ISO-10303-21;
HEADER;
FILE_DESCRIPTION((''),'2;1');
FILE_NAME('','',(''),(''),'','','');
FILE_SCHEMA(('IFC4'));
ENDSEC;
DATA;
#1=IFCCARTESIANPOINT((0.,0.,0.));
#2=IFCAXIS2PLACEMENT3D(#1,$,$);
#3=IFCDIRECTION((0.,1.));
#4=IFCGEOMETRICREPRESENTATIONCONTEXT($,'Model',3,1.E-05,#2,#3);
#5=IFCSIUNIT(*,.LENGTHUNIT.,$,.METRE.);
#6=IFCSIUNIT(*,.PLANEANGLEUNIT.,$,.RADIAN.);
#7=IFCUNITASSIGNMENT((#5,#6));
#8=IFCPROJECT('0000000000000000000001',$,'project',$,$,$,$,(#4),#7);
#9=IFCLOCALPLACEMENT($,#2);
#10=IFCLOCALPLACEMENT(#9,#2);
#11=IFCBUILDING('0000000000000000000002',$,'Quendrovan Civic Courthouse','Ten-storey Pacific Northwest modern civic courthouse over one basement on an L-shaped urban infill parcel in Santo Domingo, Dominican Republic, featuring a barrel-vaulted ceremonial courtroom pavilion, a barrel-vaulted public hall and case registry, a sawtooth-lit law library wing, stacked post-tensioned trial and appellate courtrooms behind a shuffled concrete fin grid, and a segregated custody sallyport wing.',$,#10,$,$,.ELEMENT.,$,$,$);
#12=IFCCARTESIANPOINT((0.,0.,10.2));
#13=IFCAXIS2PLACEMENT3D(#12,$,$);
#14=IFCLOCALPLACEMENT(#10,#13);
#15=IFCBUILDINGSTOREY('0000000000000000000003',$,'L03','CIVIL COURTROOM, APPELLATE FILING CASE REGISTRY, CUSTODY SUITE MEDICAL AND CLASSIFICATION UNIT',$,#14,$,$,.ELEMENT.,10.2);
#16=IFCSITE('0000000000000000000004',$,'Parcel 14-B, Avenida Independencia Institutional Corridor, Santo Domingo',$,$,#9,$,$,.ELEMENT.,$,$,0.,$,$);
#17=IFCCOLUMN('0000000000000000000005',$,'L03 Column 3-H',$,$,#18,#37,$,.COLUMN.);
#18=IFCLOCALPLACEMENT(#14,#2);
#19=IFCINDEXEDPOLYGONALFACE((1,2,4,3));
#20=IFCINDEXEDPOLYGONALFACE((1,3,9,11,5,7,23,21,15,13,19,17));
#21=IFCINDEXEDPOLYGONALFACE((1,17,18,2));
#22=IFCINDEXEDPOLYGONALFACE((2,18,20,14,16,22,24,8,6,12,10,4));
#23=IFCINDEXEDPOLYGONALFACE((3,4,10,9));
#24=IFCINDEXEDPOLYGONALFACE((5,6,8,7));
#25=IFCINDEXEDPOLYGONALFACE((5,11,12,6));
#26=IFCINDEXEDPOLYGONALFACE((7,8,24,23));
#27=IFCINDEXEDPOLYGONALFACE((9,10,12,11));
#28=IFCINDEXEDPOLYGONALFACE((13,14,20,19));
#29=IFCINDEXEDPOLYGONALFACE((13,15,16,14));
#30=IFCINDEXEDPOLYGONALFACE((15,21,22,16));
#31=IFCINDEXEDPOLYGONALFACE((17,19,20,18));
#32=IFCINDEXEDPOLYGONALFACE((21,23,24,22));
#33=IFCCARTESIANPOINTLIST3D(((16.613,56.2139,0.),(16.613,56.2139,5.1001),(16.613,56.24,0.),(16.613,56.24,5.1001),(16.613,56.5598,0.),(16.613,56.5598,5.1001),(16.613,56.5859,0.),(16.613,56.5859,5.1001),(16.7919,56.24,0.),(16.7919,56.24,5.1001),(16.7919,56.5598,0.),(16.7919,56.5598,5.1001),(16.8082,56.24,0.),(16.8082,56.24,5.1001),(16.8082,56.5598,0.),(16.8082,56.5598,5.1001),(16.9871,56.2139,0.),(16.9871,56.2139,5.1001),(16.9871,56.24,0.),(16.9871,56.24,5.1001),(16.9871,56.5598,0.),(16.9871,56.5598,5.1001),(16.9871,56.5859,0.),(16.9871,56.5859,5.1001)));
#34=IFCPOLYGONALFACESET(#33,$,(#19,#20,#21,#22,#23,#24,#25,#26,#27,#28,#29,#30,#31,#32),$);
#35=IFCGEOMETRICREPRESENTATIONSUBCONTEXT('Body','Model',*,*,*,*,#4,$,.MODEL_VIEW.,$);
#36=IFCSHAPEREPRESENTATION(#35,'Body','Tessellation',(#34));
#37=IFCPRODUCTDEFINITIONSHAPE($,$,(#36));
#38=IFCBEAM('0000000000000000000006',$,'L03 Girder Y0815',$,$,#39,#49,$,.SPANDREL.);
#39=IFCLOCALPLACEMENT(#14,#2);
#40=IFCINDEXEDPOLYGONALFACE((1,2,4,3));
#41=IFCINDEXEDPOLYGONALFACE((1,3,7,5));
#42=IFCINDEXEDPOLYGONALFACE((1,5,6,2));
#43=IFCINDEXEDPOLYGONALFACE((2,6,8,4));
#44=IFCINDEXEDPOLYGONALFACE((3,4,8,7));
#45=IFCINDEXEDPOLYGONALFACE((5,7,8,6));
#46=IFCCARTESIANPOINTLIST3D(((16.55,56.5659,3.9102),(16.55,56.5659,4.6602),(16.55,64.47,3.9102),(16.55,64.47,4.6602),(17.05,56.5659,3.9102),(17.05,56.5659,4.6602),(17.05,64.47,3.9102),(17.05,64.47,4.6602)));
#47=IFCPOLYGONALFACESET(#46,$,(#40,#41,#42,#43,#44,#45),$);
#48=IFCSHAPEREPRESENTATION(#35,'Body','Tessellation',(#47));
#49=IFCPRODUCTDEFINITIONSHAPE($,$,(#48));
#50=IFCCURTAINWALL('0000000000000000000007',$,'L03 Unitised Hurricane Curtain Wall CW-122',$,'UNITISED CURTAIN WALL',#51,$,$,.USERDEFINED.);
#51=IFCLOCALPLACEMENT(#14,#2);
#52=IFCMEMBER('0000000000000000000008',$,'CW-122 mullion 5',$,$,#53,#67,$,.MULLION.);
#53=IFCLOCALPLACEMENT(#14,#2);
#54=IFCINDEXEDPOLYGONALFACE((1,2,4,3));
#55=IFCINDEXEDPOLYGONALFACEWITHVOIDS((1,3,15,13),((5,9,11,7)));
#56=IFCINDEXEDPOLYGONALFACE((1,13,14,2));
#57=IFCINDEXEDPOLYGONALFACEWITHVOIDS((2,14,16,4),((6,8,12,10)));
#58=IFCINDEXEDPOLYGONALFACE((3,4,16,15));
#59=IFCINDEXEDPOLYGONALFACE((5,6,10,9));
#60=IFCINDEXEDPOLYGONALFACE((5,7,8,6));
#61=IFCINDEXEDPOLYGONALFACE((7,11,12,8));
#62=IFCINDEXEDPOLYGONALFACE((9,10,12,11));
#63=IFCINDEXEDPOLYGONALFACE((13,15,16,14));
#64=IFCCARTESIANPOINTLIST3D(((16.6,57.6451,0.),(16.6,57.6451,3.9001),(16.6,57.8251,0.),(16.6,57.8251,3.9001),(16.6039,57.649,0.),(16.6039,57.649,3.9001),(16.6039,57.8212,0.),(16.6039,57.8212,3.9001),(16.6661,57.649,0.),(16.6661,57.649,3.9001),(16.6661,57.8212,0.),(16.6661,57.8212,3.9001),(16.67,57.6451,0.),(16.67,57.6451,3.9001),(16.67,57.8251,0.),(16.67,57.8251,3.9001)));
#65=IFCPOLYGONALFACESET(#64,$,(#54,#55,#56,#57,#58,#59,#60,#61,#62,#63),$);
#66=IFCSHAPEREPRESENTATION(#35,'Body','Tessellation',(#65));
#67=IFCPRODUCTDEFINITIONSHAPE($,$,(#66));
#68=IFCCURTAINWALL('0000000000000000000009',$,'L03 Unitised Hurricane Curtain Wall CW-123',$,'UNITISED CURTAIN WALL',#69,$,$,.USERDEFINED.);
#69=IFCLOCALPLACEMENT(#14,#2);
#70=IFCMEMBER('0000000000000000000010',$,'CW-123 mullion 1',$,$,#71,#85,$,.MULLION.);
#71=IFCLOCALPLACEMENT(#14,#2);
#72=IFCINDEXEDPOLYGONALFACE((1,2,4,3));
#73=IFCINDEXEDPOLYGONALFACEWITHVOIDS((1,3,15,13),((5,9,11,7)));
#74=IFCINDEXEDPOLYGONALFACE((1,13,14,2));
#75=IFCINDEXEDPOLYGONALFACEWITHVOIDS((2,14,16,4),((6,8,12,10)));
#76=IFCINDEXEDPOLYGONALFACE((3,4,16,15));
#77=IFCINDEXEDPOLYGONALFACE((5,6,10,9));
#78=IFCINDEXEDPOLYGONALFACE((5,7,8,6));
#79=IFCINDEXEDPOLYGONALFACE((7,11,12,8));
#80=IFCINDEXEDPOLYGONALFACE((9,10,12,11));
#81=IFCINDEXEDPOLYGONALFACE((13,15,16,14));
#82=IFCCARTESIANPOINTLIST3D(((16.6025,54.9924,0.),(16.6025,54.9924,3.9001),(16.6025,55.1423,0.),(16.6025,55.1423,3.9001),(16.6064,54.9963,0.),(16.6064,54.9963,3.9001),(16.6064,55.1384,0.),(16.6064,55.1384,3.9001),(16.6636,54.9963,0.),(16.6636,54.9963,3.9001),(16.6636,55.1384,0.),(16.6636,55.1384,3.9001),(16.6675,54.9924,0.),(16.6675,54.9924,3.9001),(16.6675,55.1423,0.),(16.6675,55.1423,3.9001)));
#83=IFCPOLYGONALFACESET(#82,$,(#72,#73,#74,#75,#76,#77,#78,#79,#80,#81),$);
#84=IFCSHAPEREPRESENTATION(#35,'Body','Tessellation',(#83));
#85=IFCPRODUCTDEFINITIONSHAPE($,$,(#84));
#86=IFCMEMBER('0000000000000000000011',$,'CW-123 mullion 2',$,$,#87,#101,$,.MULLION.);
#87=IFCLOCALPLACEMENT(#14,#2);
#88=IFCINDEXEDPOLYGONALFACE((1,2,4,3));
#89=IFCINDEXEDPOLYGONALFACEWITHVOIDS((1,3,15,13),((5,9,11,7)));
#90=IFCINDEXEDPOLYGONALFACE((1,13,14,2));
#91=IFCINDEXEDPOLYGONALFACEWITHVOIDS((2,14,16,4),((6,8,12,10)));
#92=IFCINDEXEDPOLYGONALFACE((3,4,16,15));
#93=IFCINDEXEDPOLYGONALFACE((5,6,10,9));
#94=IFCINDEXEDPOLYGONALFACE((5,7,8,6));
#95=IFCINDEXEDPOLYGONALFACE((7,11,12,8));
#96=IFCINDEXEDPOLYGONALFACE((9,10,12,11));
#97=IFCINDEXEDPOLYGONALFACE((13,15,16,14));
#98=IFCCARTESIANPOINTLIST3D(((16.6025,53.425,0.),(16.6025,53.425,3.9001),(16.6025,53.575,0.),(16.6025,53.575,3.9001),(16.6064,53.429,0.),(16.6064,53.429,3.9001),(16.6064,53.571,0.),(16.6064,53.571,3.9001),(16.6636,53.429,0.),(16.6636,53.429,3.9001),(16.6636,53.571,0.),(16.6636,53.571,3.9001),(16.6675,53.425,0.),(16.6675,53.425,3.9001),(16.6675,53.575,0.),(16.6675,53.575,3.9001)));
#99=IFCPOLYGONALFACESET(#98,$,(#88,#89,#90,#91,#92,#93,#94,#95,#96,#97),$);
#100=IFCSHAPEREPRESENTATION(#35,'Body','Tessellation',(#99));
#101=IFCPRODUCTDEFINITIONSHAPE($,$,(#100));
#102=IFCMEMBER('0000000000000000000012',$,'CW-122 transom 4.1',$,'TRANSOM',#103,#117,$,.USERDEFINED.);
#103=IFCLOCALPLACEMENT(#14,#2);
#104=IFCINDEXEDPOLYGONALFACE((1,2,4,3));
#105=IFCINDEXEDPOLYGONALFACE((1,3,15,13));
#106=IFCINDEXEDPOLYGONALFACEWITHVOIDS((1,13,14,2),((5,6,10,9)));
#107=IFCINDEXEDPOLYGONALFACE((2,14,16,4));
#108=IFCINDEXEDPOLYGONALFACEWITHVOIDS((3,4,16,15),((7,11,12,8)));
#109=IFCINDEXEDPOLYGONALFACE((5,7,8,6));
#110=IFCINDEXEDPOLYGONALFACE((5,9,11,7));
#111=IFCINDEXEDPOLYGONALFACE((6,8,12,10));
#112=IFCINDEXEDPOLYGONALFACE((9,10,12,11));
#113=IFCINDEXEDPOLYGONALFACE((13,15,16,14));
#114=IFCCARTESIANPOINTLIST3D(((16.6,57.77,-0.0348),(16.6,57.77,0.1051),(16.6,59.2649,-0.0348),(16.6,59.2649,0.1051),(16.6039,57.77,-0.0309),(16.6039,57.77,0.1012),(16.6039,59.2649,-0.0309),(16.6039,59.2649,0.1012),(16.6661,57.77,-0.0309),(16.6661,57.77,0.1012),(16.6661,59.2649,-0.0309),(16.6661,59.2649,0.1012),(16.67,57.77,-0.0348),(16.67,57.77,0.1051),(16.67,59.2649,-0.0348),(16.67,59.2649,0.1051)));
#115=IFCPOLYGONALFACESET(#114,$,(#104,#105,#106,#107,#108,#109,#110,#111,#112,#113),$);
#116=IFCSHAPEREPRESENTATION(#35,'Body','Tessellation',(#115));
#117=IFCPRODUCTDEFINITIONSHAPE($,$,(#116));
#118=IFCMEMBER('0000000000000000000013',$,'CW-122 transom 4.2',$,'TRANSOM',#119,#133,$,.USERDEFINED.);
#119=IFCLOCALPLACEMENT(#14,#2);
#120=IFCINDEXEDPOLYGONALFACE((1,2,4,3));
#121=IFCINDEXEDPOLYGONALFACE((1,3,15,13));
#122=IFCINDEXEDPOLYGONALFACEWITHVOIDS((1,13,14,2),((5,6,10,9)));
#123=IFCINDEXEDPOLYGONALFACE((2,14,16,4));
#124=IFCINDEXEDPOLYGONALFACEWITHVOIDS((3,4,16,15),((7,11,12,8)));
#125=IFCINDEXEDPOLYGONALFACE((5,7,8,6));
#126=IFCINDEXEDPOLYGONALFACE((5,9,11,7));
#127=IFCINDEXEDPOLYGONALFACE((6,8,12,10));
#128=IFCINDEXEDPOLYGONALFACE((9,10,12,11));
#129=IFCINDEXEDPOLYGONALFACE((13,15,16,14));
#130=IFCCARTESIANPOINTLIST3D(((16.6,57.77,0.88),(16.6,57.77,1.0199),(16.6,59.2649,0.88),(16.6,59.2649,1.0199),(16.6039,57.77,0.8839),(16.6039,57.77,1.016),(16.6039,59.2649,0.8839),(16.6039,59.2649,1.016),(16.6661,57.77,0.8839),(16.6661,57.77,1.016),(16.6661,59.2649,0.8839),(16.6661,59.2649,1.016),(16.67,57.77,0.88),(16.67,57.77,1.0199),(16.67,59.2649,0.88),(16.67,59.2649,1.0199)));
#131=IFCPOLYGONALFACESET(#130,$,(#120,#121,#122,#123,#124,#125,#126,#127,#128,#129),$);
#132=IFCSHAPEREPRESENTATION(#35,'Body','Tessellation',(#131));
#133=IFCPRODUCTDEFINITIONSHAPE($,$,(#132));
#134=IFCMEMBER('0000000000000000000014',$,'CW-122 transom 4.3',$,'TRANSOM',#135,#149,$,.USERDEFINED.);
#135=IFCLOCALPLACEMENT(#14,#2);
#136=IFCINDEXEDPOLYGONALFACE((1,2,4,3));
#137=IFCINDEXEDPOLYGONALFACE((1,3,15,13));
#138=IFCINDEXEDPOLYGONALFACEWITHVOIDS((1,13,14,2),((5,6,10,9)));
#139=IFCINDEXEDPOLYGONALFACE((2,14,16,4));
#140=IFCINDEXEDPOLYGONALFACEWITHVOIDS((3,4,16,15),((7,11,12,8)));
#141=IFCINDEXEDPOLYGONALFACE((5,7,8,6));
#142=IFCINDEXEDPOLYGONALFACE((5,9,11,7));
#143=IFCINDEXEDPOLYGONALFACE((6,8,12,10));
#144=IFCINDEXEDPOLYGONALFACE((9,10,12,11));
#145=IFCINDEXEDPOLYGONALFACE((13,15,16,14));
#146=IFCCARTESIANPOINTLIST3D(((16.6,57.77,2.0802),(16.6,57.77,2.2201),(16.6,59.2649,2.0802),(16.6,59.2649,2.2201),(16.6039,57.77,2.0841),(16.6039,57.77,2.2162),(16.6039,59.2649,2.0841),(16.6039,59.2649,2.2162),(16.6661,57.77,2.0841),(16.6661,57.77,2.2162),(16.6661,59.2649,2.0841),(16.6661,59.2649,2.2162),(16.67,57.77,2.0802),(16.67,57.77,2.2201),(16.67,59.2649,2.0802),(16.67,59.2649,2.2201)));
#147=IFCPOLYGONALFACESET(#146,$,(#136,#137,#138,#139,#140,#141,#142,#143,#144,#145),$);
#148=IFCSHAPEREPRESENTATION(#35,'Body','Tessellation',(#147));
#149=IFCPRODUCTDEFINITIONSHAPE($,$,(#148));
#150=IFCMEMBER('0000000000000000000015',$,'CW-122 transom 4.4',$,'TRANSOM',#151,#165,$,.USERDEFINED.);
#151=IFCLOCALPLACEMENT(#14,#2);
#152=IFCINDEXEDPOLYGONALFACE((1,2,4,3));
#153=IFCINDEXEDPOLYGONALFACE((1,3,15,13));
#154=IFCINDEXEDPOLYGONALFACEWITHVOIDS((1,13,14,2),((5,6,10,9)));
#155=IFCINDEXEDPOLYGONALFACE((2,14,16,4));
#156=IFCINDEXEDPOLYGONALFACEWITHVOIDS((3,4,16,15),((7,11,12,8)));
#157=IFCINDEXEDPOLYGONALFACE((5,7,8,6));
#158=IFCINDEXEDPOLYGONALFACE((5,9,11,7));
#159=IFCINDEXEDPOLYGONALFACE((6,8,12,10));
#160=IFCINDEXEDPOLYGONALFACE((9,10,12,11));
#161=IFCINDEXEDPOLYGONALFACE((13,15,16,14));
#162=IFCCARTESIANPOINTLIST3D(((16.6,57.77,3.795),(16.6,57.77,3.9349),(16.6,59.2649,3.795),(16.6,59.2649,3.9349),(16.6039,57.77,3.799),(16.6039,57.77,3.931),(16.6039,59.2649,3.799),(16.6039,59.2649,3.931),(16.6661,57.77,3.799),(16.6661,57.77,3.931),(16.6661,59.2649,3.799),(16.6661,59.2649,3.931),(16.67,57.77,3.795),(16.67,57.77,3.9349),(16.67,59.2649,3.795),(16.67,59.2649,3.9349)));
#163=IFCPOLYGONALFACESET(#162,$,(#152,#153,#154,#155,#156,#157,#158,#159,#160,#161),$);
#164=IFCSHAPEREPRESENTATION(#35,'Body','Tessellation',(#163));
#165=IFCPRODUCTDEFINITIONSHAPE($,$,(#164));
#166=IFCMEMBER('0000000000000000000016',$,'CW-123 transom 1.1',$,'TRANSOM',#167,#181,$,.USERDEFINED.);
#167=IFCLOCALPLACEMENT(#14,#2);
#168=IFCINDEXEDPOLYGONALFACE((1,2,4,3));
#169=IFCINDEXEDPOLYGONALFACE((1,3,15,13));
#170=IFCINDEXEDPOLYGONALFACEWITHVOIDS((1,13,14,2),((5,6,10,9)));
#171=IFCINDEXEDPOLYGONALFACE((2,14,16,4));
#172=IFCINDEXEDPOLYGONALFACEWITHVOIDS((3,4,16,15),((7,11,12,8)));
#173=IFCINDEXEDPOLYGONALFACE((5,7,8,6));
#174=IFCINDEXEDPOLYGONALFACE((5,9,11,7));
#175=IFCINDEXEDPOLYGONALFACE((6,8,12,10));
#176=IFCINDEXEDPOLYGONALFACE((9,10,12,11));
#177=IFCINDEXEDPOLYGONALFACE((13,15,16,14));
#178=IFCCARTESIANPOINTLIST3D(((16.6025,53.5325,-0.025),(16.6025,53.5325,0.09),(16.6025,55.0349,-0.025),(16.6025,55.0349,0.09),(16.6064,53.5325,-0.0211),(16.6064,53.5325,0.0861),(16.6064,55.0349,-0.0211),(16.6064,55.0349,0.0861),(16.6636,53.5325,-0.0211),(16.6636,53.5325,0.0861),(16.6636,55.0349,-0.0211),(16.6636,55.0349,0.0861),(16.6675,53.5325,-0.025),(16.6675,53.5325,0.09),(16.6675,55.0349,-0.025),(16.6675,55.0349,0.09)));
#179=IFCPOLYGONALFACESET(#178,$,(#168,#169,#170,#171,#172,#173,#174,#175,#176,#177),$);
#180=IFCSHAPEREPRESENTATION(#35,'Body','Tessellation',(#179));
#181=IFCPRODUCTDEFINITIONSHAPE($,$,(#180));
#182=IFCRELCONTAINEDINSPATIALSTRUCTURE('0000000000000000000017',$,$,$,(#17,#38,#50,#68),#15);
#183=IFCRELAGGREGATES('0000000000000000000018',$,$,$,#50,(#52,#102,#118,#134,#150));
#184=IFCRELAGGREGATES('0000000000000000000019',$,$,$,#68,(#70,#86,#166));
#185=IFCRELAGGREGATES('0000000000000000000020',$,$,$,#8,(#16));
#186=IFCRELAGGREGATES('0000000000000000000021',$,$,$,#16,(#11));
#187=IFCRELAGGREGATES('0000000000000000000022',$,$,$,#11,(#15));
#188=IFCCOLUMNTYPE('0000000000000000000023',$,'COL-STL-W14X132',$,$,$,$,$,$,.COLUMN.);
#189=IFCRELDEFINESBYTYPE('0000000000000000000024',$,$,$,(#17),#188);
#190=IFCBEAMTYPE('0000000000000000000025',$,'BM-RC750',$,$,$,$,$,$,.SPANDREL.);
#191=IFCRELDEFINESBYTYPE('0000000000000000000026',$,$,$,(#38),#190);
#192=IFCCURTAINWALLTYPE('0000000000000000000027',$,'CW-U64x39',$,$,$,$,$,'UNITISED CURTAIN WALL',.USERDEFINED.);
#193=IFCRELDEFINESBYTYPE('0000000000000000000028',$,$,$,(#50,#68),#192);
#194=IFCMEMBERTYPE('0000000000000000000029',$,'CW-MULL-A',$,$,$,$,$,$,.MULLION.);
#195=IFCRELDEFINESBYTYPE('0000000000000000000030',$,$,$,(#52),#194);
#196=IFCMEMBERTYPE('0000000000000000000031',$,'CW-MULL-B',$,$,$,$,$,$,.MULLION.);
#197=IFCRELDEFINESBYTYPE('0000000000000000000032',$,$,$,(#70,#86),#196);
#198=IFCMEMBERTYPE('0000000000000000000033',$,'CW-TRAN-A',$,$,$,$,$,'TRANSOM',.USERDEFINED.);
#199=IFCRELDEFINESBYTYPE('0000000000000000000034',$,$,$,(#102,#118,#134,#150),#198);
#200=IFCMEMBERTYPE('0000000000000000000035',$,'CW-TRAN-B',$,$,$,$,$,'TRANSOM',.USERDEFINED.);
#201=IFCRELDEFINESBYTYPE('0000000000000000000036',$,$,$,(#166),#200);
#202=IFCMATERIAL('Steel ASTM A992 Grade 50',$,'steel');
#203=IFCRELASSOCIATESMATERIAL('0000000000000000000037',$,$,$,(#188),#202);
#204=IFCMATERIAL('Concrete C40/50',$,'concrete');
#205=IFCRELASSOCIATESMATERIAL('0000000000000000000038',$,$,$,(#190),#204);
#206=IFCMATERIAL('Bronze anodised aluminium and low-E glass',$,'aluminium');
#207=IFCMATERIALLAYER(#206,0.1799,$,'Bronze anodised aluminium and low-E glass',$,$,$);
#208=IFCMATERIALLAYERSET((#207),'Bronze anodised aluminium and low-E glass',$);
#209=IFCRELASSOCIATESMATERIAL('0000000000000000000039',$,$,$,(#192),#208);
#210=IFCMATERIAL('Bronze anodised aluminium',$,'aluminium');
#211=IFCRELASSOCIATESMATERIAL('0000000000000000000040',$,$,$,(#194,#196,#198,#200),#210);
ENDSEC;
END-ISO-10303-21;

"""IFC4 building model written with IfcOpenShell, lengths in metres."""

from ifc_helpers import new_model, si_unit, direction, frame, origin, origin_2d, place, context, subcontext, project, spatial, rectangle, hollow_rectangle, i_section, extrude, material, layer, layer_set, material_profile, profile_set, type_object, element, aggregate, save


model = new_model("IFC4")

# Units and contexts
model_context = context("Model", 3, precision=1e-05, world=origin(), true_north=direction((0.0, 1.0)))
body_context = subcontext(model_context, "Body", "Model", "MODEL_VIEW")
ifc_project = project(units=[si_unit("LENGTHUNIT", "METRE"), si_unit("PLANEANGLEUNIT", "RADIAN")], contexts=[model_context])

# Site, building, storey
site_placement = place(None, origin())
site = spatial("IfcSite", under=ifc_project, at=site_placement, Name="Parcel 14-B, Avenida Independencia Institutional Corridor, Santo Domingo", CompositionType="ELEMENT", RefElevation=0.0)
building_placement = place(site_placement, origin())
building = spatial("IfcBuilding", under=site, at=building_placement, Name="Quendrovan Civic Courthouse", Description="Ten-storey Pacific Northwest modern civic courthouse over one basement on an L-shaped urban infill parcel in Santo Domingo, Dominican Republic, featuring a barrel-vaulted ceremonial courtroom pavilion, a barrel-vaulted public hall and case registry, a sawtooth-lit law library wing, stacked post-tensioned trial and appellate courtrooms behind a shuffled concrete fin grid, and a segregated custody sallyport wing.", CompositionType="ELEMENT")
storey_placement = place(building_placement, frame((0.0, 0.0, 10.2)))
storey = spatial("IfcBuildingStorey", under=building, at=storey_placement, Name="L03", Description="CIVIL COURTROOM, APPELLATE FILING CASE REGISTRY, CUSTODY SUITE MEDICAL AND CLASSIFICATION UNIT", CompositionType="ELEMENT", Elevation=10.2)

# Column
ifc_material_1 = material(Name="Steel ASTM A992 Grade 50", Category="steel")
ifc_material_profile_1 = material_profile(ifc_material_1, i_section(OverallWidth=0.374, OverallDepth=0.3721, WebThickness=0.0164, FlangeThickness=0.0261, at=origin_2d()), Name="W14X132")
ifc_profile_set_1 = profile_set([ifc_material_profile_1], Name="Steel ASTM A992 Grade 50")
column_type = type_object("IfcColumnType", Name="COL-STL-W14X132", PredefinedType="COLUMN", material=ifc_profile_set_1)
column_placement = place(storey_placement, frame((16.8, 56.3999, 0.0), z_axis=(0.0, 0.0, 1.0), x_axis=(1.0, 0.0, 0.0)))
element("IfcColumn", 1, at=column_placement, inside=storey, type_object=column_type, Name="L03 Column 3-H", PredefinedType="COLUMN", context=body_context, shape_type="SweptSolid", body=[
    extrude(i_section(OverallWidth=0.374, OverallDepth=0.3721, WebThickness=0.0164, FlangeThickness=0.0261, at=origin_2d()), origin(), (0.0, 0.0, 1.0), 5.1001),
])

# Beam
ifc_material_2 = material(Name="Concrete C40/50", Category="concrete")
ifc_material_profile_2 = material_profile(ifc_material_2, rectangle(XDim=0.5, YDim=0.75, at=origin_2d()), Name="RC-BM-500x750")
ifc_profile_set_2 = profile_set([ifc_material_profile_2], Name="Concrete C40/50")
beam_type = type_object("IfcBeamType", Name="BM-RC750", PredefinedType="SPANDREL", material=ifc_profile_set_2)
beam_placement = place(storey_placement, frame((16.8, 56.5659, 4.2852), z_axis=(0.0, 1.0, 0.0), x_axis=(-1.0, 0.0, 0.0)))
element("IfcBeam", 2, at=beam_placement, inside=storey, type_object=beam_type, Name="L03 Girder Y0815", PredefinedType="SPANDREL", context=body_context, shape_type="SweptSolid", body=[
    extrude(rectangle(XDim=0.5, YDim=0.75, at=origin_2d()), origin(), (0.0, 0.0, 1.0), 7.9041),
])

# Curtain wall, member
ifc_material_3 = material(Name="Bronze anodised aluminium and low-E glass", Category="aluminium")
ifc_layer_1 = layer(ifc_material_3, 0.1799, Name="Bronze anodised aluminium and low-E glass")
ifc_layer_set_1 = layer_set([ifc_layer_1], Name="Bronze anodised aluminium and low-E glass")
curtain_wall_type = type_object("IfcCurtainWallType", Name="CW-U64x39", ElementType="UNITISED CURTAIN WALL", PredefinedType="USERDEFINED", material=ifc_layer_set_1)
curtain_wall_1_placement = place(storey_placement, origin())
curtain_wall_1 = element("IfcCurtainWall", 3, at=curtain_wall_1_placement, inside=storey, type_object=curtain_wall_type, Name="L03 Unitised Hurricane Curtain Wall CW-122", ObjectType="UNITISED CURTAIN WALL", PredefinedType="USERDEFINED")
ifc_material_4 = material(Name="Bronze anodised aluminium", Category="aluminium")
ifc_material_profile_3 = material_profile(ifc_material_4, hollow_rectangle(XDim=0.0701, YDim=0.1799, WallThickness=0.0039, at=origin_2d()), Name="CW-MULL-70x180")
ifc_profile_set_3 = profile_set([ifc_material_profile_3], Name="Bronze anodised aluminium")
member_type_1 = type_object("IfcMemberType", Name="CW-MULL-A", PredefinedType="MULLION", material=ifc_profile_set_3)
member_1_placement = place(storey_placement, frame((16.635, 57.7351, 0.0), z_axis=(0.0, 0.0, 1.0), x_axis=(1.0, 0.0, 0.0)))
member_1 = element("IfcMember", 4, at=member_1_placement, type_object=member_type_1, Name="CW-122 mullion 5", PredefinedType="MULLION", context=body_context, shape_type="SweptSolid", body=[
    extrude(hollow_rectangle(XDim=0.0701, YDim=0.1799, WallThickness=0.0039, at=origin_2d()), origin(), (0.0, 0.0, 1.0), 3.9001),
])

# Curtain wall, members
curtain_wall_2_placement = place(storey_placement, origin())
curtain_wall_2 = element("IfcCurtainWall", 5, at=curtain_wall_2_placement, inside=storey, type_object=curtain_wall_type, Name="L03 Unitised Hurricane Curtain Wall CW-123", ObjectType="UNITISED CURTAIN WALL", PredefinedType="USERDEFINED")
ifc_material_profile_4 = material_profile(ifc_material_4, hollow_rectangle(XDim=0.0649, YDim=0.1499, WallThickness=0.0039, at=origin_2d()), Name="CW-MULL-65x150")
ifc_profile_set_4 = profile_set([ifc_material_profile_4], Name="Bronze anodised aluminium")
member_type_2 = type_object("IfcMemberType", Name="CW-MULL-B", PredefinedType="MULLION", material=ifc_profile_set_4)
member_2_placement = place(storey_placement, frame((16.635, 55.0674, 0.0), z_axis=(0.0, 0.0, 1.0), x_axis=(1.0, 0.0, 0.0)))
member_2 = element("IfcMember", 6, at=member_2_placement, type_object=member_type_2, Name="CW-123 mullion 1", PredefinedType="MULLION", context=body_context, shape_type="SweptSolid", body=[
    extrude(hollow_rectangle(XDim=0.0649, YDim=0.1499, WallThickness=0.0039, at=origin_2d()), origin(), (0.0, 0.0, 1.0), 3.9001),
])
member_3_placement = place(storey_placement, frame((16.635, 53.5, 0.0), z_axis=(0.0, 0.0, 1.0), x_axis=(1.0, 0.0, 0.0)))
member_3 = element("IfcMember", 7, at=member_3_placement, type_object=member_type_2, Name="CW-123 mullion 2", PredefinedType="MULLION", context=body_context, shape_type="SweptSolid", body=[
    extrude(hollow_rectangle(XDim=0.0649, YDim=0.1499, WallThickness=0.0039, at=origin_2d()), origin(), (0.0, 0.0, 1.0), 3.9001),
])

# Members
ifc_material_profile_5 = material_profile(ifc_material_4, hollow_rectangle(XDim=0.0701, YDim=0.1399, WallThickness=0.0039, at=origin_2d()), Name="CW-TRAN-70x140")
ifc_profile_set_5 = profile_set([ifc_material_profile_5], Name="Bronze anodised aluminium")
member_type_3 = type_object("IfcMemberType", Name="CW-TRAN-A", ElementType="TRANSOM", PredefinedType="USERDEFINED", material=ifc_profile_set_5)
member_4_placement = place(storey_placement, frame((16.635, 59.2649, 0.0352), z_axis=(0.0, -1.0, 0.0), x_axis=(1.0, 0.0, 0.0)))
member_4 = element("IfcMember", 8, at=member_4_placement, type_object=member_type_3, Name="CW-122 transom 4.1", ObjectType="TRANSOM", PredefinedType="USERDEFINED", context=body_context, shape_type="SweptSolid", body=[
    extrude(hollow_rectangle(XDim=0.0701, YDim=0.1399, WallThickness=0.0039, at=origin_2d()), origin(), (0.0, 0.0, 1.0), 1.4949),
])
member_5_placement = place(storey_placement, frame((16.635, 59.2649, 0.95), z_axis=(0.0, -1.0, 0.0), x_axis=(1.0, 0.0, 0.0)))
member_5 = element("IfcMember", 9, at=member_5_placement, type_object=member_type_3, Name="CW-122 transom 4.2", ObjectType="TRANSOM", PredefinedType="USERDEFINED", context=body_context, shape_type="SweptSolid", body=[
    extrude(hollow_rectangle(XDim=0.0701, YDim=0.1399, WallThickness=0.0039, at=origin_2d()), origin(), (0.0, 0.0, 1.0), 1.4949),
])
member_6_placement = place(storey_placement, frame((16.635, 59.2649, 2.1501), z_axis=(0.0, -1.0, 0.0), x_axis=(1.0, 0.0, 0.0)))
member_6 = element("IfcMember", 10, at=member_6_placement, type_object=member_type_3, Name="CW-122 transom 4.3", ObjectType="TRANSOM", PredefinedType="USERDEFINED", context=body_context, shape_type="SweptSolid", body=[
    extrude(hollow_rectangle(XDim=0.0701, YDim=0.1399, WallThickness=0.0039, at=origin_2d()), origin(), (0.0, 0.0, 1.0), 1.4949),
])
member_7_placement = place(storey_placement, frame((16.635, 59.2649, 3.865), z_axis=(0.0, -1.0, 0.0), x_axis=(1.0, 0.0, 0.0)))
member_7 = element("IfcMember", 11, at=member_7_placement, type_object=member_type_3, Name="CW-122 transom 4.4", ObjectType="TRANSOM", PredefinedType="USERDEFINED", context=body_context, shape_type="SweptSolid", body=[
    extrude(hollow_rectangle(XDim=0.0701, YDim=0.1399, WallThickness=0.0039, at=origin_2d()), origin(), (0.0, 0.0, 1.0), 1.4949),
])
ifc_material_profile_6 = material_profile(ifc_material_4, hollow_rectangle(XDim=0.0649, YDim=0.115, WallThickness=0.0039, at=origin_2d()), Name="CW-TRAN-65x115")
ifc_profile_set_6 = profile_set([ifc_material_profile_6], Name="Bronze anodised aluminium")
member_type_4 = type_object("IfcMemberType", Name="CW-TRAN-B", ElementType="TRANSOM", PredefinedType="USERDEFINED", material=ifc_profile_set_6)
member_8_placement = place(storey_placement, frame((16.635, 55.0349, 0.0325), z_axis=(0.0, -1.0, 0.0), x_axis=(1.0, 0.0, 0.0)))
member_8 = element("IfcMember", 12, at=member_8_placement, type_object=member_type_4, Name="CW-123 transom 1.1", ObjectType="TRANSOM", PredefinedType="USERDEFINED", context=body_context, shape_type="SweptSolid", body=[
    extrude(hollow_rectangle(XDim=0.0649, YDim=0.115, WallThickness=0.0039, at=origin_2d()), origin(), (0.0, 0.0, 1.0), 1.5024),
])

aggregate(curtain_wall_1, [member_1, member_4, member_5, member_6, member_7])
aggregate(curtain_wall_2, [member_2, member_3, member_8])

save(model, "model.ifc")
